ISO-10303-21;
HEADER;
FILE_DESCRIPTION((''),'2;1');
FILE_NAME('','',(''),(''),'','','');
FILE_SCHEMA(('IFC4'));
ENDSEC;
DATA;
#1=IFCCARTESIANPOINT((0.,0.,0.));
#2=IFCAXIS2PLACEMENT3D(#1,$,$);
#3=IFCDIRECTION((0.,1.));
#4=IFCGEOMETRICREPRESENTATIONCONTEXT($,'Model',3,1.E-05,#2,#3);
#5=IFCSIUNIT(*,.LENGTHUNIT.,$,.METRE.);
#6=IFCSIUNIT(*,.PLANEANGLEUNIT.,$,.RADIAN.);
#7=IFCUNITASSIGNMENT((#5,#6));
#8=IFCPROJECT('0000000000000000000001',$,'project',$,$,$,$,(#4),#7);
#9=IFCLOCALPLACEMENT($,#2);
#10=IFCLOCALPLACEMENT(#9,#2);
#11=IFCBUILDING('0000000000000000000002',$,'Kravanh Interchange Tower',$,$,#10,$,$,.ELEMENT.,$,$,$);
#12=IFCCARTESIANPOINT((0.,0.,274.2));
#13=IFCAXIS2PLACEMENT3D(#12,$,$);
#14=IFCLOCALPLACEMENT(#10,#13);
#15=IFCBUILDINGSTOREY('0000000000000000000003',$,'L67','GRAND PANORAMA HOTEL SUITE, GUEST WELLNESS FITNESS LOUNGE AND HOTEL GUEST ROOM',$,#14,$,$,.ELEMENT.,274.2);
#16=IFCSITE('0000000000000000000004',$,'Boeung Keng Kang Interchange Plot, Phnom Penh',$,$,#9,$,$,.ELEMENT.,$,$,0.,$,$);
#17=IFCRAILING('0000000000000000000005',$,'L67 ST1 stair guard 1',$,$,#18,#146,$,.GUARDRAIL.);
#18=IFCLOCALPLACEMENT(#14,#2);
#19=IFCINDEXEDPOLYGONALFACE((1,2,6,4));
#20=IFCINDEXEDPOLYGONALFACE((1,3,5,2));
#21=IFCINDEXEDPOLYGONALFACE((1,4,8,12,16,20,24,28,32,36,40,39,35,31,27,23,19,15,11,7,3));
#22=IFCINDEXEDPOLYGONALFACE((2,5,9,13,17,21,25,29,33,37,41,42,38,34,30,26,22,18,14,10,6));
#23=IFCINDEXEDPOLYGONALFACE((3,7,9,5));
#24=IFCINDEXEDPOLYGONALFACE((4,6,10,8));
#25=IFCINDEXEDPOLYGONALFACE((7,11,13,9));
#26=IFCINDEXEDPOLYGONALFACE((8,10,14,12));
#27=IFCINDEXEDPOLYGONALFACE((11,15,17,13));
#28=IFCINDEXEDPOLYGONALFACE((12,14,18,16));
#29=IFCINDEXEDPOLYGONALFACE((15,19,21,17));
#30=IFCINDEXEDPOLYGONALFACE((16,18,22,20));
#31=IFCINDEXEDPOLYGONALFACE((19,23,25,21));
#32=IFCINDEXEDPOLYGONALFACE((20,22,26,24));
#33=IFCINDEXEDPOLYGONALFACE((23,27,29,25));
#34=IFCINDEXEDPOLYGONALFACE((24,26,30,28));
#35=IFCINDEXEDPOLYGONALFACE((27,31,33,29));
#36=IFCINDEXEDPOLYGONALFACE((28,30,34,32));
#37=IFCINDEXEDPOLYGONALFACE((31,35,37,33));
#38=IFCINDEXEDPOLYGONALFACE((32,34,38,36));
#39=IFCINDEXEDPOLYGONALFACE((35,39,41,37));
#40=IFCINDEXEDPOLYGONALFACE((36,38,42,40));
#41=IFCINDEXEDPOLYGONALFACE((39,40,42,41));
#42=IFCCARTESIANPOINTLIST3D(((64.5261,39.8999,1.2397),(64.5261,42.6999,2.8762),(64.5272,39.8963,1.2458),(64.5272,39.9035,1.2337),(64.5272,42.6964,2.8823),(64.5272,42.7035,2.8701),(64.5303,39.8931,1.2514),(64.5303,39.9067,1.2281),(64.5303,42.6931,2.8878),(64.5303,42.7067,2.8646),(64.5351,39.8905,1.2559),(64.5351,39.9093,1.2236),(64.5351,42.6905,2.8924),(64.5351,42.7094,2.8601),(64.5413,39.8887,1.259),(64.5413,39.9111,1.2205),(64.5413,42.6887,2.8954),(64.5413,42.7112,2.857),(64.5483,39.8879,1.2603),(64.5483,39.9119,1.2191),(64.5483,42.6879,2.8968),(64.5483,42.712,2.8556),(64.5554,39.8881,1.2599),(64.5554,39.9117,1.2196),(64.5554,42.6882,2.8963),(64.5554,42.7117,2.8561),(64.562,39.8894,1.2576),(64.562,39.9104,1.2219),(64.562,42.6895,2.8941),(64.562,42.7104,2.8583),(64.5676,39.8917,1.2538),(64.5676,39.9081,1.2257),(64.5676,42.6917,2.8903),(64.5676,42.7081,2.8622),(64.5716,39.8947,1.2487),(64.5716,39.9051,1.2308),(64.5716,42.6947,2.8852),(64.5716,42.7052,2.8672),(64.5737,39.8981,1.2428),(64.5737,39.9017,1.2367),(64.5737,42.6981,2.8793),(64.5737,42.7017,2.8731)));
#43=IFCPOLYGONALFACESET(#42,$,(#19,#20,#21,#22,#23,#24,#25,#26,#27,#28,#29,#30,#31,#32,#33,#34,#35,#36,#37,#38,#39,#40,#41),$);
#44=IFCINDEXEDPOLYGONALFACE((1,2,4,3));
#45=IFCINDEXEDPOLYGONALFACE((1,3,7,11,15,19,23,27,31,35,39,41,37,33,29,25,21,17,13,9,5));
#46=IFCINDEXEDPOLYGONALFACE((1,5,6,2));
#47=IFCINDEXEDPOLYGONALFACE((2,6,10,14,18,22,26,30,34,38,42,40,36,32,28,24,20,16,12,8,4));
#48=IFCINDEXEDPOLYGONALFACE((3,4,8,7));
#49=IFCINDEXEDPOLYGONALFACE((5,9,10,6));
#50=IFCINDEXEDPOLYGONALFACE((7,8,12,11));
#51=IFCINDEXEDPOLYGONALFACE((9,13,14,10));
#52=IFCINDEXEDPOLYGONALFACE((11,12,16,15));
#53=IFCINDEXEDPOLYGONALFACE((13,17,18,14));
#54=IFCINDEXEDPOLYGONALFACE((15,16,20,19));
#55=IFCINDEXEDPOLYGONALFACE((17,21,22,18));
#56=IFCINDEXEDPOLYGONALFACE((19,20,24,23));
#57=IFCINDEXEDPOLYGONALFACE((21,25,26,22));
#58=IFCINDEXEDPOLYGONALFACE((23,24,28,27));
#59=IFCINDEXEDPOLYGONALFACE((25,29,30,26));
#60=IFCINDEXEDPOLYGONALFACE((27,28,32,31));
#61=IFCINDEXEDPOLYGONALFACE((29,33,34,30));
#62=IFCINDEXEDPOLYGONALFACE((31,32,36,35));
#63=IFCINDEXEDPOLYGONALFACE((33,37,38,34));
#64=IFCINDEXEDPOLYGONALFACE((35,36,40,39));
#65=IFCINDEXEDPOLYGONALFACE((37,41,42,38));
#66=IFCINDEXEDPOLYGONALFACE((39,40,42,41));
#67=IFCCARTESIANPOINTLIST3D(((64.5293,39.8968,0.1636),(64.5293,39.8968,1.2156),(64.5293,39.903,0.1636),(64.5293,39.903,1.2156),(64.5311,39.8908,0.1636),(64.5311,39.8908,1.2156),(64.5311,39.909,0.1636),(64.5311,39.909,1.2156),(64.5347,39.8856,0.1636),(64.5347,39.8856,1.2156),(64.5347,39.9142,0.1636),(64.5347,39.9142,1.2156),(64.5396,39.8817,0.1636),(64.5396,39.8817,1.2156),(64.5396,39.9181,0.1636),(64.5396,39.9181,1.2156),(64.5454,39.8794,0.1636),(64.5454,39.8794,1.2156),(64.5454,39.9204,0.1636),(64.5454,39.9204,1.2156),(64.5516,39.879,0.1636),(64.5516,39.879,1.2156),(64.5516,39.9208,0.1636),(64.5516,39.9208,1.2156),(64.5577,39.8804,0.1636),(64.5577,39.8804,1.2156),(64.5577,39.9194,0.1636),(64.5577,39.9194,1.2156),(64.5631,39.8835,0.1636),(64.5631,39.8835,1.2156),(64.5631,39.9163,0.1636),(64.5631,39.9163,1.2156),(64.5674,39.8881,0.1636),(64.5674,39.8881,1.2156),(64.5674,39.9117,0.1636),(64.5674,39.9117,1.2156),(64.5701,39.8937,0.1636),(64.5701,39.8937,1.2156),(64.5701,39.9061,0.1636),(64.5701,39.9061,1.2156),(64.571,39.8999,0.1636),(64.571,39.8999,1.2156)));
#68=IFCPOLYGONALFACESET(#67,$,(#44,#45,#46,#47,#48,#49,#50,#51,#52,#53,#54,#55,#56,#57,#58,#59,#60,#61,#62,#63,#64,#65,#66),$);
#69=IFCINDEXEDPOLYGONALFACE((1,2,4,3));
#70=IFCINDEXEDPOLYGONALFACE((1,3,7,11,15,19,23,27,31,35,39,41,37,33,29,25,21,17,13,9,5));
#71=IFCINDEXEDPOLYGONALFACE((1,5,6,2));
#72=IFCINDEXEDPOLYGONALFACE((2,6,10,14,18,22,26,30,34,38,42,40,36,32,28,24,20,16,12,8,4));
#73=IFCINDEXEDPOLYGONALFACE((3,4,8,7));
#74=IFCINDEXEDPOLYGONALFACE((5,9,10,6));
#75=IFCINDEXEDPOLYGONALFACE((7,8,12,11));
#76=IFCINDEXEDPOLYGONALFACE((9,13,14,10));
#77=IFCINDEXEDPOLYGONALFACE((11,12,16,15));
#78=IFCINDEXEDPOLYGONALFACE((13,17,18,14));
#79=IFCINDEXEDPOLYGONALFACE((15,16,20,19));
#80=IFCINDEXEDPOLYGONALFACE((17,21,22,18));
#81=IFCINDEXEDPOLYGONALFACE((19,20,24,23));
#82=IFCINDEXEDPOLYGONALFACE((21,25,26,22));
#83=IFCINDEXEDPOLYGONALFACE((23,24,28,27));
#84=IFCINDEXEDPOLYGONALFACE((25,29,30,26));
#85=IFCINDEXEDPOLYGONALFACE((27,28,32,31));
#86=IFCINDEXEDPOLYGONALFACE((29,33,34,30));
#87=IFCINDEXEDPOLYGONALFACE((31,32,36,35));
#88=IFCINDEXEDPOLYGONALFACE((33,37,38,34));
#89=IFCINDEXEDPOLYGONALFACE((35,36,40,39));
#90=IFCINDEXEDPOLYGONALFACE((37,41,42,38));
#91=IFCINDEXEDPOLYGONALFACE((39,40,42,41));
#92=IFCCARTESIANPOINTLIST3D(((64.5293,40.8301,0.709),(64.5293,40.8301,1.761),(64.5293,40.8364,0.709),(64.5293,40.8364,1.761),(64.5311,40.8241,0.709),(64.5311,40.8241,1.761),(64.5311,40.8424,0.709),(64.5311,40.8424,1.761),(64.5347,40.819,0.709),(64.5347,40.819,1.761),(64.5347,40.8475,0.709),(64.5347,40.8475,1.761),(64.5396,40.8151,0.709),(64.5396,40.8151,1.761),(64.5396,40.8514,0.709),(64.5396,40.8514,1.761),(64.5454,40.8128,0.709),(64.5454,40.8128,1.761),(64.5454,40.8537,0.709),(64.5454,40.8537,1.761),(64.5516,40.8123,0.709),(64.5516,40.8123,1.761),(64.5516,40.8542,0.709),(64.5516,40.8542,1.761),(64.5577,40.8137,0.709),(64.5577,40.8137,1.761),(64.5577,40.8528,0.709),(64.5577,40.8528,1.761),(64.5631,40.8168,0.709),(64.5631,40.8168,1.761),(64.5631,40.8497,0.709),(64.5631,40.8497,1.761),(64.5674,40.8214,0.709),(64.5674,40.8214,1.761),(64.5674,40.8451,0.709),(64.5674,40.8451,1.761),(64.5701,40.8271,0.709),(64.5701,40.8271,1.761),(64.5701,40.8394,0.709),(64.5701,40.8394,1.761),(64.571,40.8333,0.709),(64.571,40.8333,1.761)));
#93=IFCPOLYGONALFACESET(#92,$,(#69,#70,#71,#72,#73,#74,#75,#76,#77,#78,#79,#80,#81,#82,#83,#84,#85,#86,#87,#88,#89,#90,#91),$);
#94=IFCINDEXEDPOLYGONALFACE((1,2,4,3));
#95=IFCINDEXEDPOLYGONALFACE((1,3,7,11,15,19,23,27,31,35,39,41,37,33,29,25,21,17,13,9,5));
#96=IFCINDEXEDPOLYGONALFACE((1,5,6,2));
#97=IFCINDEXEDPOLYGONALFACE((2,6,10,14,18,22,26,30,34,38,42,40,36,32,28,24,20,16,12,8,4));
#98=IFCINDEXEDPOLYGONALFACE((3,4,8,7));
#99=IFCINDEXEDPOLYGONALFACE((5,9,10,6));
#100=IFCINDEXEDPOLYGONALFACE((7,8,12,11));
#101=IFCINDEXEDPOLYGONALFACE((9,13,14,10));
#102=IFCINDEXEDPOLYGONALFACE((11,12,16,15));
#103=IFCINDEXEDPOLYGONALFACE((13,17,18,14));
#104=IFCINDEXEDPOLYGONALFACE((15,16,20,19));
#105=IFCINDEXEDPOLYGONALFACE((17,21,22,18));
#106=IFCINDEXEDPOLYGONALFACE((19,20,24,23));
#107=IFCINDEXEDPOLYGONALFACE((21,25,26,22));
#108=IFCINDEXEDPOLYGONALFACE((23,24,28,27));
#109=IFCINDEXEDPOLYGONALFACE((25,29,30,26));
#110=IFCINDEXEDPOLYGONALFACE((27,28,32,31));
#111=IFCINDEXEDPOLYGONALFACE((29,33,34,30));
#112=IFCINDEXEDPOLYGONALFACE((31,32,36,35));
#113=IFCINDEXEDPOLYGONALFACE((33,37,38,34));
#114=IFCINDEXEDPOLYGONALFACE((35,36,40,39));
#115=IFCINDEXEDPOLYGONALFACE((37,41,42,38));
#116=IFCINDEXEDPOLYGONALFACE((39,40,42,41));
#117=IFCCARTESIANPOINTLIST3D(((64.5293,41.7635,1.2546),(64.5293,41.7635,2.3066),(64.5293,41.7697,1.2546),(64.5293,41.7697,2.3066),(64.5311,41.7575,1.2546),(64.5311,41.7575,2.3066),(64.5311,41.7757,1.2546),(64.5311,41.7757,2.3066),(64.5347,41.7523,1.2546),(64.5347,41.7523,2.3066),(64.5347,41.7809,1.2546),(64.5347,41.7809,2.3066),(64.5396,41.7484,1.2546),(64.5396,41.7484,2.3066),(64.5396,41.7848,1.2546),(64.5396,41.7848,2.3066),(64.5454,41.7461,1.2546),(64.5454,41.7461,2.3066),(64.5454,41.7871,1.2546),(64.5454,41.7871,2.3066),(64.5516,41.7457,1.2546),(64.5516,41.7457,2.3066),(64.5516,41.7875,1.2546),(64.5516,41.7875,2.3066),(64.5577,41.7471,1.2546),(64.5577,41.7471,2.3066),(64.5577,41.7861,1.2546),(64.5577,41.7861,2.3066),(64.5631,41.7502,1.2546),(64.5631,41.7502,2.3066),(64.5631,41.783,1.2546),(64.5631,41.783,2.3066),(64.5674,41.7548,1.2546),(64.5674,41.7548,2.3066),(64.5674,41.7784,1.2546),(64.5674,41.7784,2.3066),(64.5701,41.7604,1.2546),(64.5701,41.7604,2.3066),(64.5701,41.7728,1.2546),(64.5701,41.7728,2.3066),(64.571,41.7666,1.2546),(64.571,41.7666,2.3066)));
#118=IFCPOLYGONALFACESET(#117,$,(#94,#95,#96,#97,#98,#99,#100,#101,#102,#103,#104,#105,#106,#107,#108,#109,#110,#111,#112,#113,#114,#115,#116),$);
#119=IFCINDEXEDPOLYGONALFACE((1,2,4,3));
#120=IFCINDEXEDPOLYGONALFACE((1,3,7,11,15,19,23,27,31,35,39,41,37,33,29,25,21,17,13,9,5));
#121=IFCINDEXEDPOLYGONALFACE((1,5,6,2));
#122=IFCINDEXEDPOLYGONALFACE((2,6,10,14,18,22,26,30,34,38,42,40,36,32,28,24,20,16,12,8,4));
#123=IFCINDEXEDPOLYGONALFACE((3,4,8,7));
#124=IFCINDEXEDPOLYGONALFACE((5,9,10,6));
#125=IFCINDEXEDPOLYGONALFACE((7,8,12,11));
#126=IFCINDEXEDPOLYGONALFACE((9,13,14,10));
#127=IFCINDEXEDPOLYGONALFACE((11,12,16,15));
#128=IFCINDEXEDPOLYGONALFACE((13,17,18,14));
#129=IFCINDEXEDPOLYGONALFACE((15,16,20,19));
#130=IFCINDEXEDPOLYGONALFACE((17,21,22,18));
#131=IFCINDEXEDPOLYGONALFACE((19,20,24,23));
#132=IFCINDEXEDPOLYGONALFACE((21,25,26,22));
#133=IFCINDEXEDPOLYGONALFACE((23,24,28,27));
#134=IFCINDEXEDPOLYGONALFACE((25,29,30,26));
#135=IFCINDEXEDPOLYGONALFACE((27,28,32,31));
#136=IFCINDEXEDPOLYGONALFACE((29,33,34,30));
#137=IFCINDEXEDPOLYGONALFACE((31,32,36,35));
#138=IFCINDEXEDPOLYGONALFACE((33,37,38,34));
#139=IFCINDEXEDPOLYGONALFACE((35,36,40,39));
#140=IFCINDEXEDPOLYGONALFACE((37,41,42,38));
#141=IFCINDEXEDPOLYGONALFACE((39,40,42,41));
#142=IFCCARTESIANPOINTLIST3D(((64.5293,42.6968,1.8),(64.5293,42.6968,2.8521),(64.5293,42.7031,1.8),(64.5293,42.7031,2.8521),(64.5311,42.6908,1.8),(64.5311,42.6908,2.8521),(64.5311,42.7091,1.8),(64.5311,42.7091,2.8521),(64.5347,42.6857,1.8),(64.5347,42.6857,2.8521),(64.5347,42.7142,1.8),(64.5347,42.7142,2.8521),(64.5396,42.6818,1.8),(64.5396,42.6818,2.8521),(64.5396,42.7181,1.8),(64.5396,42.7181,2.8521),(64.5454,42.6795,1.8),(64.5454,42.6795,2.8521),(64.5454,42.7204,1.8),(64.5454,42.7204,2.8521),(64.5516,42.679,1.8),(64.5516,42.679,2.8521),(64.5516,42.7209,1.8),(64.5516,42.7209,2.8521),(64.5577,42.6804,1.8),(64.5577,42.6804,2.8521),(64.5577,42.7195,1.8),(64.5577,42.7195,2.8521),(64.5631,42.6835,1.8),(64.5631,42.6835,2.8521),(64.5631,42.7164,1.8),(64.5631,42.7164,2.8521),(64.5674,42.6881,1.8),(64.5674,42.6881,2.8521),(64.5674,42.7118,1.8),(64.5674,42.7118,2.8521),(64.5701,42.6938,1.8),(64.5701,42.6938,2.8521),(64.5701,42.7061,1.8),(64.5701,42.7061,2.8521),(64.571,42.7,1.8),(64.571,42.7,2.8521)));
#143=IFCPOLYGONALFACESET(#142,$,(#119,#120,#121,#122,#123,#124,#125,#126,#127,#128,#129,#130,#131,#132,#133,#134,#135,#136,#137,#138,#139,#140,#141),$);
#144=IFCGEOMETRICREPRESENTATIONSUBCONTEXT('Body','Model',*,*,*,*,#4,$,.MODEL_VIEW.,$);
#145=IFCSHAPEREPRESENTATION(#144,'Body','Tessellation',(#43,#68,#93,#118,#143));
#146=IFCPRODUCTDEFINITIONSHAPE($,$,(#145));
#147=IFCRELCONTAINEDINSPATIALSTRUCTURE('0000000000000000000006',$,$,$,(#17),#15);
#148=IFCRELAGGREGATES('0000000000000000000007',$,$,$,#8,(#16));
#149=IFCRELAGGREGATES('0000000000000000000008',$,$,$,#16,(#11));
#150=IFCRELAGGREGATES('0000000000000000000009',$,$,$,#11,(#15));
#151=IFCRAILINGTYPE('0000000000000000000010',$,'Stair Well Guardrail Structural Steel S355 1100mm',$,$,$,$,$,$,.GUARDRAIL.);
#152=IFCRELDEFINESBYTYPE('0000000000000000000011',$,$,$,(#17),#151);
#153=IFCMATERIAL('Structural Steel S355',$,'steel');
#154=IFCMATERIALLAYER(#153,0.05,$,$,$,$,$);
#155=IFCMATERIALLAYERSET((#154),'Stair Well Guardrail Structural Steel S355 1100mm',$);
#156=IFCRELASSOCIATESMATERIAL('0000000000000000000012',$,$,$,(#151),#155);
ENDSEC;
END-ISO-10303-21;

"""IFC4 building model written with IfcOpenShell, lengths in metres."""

from ifc_helpers import new_model, si_unit, direction, frame, origin, origin_2d, place, context, subcontext, project, spatial, circle, extrude, material, layer, layer_set, type_object, element, save


model = new_model("IFC4")

# Units and contexts
model_context = context("Model", 3, precision=1e-05, world=origin(), true_north=direction((0.0, 1.0)))
body_context = subcontext(model_context, "Body", "Model", "MODEL_VIEW")
ifc_project = project(units=[si_unit("LENGTHUNIT", "METRE"), si_unit("PLANEANGLEUNIT", "RADIAN")], contexts=[model_context])

# Site, building, storey
site_placement = place(None, origin())
site = spatial("IfcSite", under=ifc_project, at=site_placement, Name="Boeung Keng Kang Interchange Plot, Phnom Penh", CompositionType="ELEMENT", RefElevation=0.0)
building_placement = place(site_placement, origin())
building = spatial("IfcBuilding", under=site, at=building_placement, Name="Kravanh Interchange Tower", CompositionType="ELEMENT")
storey_placement = place(building_placement, frame((0.0, 0.0, 274.2)))
storey = spatial("IfcBuildingStorey", under=building, at=storey_placement, Name="L67", Description="GRAND PANORAMA HOTEL SUITE, GUEST WELLNESS FITNESS LOUNGE AND HOTEL GUEST ROOM", CompositionType="ELEMENT", Elevation=274.2)

# Railing
ifc_material_1 = material(Name="Structural Steel S355", Category="steel")
ifc_layer_1 = layer(ifc_material_1, 0.05)
ifc_layer_set_1 = layer_set([ifc_layer_1], Name="Stair Well Guardrail Structural Steel S355 1100mm")
railing_type_1 = type_object("IfcRailingType", Name="Stair Well Guardrail Structural Steel S355 1100mm", PredefinedType="GUARDRAIL", material=ifc_layer_set_1)
railing_1_placement = place(storey_placement, frame((64.55, 39.8999, 0.1636)))
element("IfcRailing", 1, at=railing_1_placement, inside=storey, type_object=railing_type_1, Name="L67 ST1 stair guard 1", PredefinedType="GUARDRAIL", context=body_context, shape_type="SweptSolid", body=[
    extrude(circle(Radius=0.0239, at=origin_2d()), frame((0.0, 0.0, 1.0762), z_axis=(0.0, 0.863361, 0.504587), x_axis=(-1.0, 0.0, 0.0)), (0.0, 0.0, 1.0), 3.2432),
    extrude(circle(Radius=0.021, at=origin_2d()), origin(), (0.0, 0.0, 1.0), 1.052),
    extrude(circle(Radius=0.021, at=origin_2d()), frame((0.0, 0.9333, 0.5454)), (0.0, 0.0, 1.0), 1.052),
    extrude(circle(Radius=0.021, at=origin_2d()), frame((0.0, 1.8667, 1.0911)), (0.0, 0.0, 1.0), 1.052),
    extrude(circle(Radius=0.021, at=origin_2d()), frame((0.0, 2.8, 1.6365)), (0.0, 0.0, 1.0), 1.052),
])

save(model, "model.ifc")
